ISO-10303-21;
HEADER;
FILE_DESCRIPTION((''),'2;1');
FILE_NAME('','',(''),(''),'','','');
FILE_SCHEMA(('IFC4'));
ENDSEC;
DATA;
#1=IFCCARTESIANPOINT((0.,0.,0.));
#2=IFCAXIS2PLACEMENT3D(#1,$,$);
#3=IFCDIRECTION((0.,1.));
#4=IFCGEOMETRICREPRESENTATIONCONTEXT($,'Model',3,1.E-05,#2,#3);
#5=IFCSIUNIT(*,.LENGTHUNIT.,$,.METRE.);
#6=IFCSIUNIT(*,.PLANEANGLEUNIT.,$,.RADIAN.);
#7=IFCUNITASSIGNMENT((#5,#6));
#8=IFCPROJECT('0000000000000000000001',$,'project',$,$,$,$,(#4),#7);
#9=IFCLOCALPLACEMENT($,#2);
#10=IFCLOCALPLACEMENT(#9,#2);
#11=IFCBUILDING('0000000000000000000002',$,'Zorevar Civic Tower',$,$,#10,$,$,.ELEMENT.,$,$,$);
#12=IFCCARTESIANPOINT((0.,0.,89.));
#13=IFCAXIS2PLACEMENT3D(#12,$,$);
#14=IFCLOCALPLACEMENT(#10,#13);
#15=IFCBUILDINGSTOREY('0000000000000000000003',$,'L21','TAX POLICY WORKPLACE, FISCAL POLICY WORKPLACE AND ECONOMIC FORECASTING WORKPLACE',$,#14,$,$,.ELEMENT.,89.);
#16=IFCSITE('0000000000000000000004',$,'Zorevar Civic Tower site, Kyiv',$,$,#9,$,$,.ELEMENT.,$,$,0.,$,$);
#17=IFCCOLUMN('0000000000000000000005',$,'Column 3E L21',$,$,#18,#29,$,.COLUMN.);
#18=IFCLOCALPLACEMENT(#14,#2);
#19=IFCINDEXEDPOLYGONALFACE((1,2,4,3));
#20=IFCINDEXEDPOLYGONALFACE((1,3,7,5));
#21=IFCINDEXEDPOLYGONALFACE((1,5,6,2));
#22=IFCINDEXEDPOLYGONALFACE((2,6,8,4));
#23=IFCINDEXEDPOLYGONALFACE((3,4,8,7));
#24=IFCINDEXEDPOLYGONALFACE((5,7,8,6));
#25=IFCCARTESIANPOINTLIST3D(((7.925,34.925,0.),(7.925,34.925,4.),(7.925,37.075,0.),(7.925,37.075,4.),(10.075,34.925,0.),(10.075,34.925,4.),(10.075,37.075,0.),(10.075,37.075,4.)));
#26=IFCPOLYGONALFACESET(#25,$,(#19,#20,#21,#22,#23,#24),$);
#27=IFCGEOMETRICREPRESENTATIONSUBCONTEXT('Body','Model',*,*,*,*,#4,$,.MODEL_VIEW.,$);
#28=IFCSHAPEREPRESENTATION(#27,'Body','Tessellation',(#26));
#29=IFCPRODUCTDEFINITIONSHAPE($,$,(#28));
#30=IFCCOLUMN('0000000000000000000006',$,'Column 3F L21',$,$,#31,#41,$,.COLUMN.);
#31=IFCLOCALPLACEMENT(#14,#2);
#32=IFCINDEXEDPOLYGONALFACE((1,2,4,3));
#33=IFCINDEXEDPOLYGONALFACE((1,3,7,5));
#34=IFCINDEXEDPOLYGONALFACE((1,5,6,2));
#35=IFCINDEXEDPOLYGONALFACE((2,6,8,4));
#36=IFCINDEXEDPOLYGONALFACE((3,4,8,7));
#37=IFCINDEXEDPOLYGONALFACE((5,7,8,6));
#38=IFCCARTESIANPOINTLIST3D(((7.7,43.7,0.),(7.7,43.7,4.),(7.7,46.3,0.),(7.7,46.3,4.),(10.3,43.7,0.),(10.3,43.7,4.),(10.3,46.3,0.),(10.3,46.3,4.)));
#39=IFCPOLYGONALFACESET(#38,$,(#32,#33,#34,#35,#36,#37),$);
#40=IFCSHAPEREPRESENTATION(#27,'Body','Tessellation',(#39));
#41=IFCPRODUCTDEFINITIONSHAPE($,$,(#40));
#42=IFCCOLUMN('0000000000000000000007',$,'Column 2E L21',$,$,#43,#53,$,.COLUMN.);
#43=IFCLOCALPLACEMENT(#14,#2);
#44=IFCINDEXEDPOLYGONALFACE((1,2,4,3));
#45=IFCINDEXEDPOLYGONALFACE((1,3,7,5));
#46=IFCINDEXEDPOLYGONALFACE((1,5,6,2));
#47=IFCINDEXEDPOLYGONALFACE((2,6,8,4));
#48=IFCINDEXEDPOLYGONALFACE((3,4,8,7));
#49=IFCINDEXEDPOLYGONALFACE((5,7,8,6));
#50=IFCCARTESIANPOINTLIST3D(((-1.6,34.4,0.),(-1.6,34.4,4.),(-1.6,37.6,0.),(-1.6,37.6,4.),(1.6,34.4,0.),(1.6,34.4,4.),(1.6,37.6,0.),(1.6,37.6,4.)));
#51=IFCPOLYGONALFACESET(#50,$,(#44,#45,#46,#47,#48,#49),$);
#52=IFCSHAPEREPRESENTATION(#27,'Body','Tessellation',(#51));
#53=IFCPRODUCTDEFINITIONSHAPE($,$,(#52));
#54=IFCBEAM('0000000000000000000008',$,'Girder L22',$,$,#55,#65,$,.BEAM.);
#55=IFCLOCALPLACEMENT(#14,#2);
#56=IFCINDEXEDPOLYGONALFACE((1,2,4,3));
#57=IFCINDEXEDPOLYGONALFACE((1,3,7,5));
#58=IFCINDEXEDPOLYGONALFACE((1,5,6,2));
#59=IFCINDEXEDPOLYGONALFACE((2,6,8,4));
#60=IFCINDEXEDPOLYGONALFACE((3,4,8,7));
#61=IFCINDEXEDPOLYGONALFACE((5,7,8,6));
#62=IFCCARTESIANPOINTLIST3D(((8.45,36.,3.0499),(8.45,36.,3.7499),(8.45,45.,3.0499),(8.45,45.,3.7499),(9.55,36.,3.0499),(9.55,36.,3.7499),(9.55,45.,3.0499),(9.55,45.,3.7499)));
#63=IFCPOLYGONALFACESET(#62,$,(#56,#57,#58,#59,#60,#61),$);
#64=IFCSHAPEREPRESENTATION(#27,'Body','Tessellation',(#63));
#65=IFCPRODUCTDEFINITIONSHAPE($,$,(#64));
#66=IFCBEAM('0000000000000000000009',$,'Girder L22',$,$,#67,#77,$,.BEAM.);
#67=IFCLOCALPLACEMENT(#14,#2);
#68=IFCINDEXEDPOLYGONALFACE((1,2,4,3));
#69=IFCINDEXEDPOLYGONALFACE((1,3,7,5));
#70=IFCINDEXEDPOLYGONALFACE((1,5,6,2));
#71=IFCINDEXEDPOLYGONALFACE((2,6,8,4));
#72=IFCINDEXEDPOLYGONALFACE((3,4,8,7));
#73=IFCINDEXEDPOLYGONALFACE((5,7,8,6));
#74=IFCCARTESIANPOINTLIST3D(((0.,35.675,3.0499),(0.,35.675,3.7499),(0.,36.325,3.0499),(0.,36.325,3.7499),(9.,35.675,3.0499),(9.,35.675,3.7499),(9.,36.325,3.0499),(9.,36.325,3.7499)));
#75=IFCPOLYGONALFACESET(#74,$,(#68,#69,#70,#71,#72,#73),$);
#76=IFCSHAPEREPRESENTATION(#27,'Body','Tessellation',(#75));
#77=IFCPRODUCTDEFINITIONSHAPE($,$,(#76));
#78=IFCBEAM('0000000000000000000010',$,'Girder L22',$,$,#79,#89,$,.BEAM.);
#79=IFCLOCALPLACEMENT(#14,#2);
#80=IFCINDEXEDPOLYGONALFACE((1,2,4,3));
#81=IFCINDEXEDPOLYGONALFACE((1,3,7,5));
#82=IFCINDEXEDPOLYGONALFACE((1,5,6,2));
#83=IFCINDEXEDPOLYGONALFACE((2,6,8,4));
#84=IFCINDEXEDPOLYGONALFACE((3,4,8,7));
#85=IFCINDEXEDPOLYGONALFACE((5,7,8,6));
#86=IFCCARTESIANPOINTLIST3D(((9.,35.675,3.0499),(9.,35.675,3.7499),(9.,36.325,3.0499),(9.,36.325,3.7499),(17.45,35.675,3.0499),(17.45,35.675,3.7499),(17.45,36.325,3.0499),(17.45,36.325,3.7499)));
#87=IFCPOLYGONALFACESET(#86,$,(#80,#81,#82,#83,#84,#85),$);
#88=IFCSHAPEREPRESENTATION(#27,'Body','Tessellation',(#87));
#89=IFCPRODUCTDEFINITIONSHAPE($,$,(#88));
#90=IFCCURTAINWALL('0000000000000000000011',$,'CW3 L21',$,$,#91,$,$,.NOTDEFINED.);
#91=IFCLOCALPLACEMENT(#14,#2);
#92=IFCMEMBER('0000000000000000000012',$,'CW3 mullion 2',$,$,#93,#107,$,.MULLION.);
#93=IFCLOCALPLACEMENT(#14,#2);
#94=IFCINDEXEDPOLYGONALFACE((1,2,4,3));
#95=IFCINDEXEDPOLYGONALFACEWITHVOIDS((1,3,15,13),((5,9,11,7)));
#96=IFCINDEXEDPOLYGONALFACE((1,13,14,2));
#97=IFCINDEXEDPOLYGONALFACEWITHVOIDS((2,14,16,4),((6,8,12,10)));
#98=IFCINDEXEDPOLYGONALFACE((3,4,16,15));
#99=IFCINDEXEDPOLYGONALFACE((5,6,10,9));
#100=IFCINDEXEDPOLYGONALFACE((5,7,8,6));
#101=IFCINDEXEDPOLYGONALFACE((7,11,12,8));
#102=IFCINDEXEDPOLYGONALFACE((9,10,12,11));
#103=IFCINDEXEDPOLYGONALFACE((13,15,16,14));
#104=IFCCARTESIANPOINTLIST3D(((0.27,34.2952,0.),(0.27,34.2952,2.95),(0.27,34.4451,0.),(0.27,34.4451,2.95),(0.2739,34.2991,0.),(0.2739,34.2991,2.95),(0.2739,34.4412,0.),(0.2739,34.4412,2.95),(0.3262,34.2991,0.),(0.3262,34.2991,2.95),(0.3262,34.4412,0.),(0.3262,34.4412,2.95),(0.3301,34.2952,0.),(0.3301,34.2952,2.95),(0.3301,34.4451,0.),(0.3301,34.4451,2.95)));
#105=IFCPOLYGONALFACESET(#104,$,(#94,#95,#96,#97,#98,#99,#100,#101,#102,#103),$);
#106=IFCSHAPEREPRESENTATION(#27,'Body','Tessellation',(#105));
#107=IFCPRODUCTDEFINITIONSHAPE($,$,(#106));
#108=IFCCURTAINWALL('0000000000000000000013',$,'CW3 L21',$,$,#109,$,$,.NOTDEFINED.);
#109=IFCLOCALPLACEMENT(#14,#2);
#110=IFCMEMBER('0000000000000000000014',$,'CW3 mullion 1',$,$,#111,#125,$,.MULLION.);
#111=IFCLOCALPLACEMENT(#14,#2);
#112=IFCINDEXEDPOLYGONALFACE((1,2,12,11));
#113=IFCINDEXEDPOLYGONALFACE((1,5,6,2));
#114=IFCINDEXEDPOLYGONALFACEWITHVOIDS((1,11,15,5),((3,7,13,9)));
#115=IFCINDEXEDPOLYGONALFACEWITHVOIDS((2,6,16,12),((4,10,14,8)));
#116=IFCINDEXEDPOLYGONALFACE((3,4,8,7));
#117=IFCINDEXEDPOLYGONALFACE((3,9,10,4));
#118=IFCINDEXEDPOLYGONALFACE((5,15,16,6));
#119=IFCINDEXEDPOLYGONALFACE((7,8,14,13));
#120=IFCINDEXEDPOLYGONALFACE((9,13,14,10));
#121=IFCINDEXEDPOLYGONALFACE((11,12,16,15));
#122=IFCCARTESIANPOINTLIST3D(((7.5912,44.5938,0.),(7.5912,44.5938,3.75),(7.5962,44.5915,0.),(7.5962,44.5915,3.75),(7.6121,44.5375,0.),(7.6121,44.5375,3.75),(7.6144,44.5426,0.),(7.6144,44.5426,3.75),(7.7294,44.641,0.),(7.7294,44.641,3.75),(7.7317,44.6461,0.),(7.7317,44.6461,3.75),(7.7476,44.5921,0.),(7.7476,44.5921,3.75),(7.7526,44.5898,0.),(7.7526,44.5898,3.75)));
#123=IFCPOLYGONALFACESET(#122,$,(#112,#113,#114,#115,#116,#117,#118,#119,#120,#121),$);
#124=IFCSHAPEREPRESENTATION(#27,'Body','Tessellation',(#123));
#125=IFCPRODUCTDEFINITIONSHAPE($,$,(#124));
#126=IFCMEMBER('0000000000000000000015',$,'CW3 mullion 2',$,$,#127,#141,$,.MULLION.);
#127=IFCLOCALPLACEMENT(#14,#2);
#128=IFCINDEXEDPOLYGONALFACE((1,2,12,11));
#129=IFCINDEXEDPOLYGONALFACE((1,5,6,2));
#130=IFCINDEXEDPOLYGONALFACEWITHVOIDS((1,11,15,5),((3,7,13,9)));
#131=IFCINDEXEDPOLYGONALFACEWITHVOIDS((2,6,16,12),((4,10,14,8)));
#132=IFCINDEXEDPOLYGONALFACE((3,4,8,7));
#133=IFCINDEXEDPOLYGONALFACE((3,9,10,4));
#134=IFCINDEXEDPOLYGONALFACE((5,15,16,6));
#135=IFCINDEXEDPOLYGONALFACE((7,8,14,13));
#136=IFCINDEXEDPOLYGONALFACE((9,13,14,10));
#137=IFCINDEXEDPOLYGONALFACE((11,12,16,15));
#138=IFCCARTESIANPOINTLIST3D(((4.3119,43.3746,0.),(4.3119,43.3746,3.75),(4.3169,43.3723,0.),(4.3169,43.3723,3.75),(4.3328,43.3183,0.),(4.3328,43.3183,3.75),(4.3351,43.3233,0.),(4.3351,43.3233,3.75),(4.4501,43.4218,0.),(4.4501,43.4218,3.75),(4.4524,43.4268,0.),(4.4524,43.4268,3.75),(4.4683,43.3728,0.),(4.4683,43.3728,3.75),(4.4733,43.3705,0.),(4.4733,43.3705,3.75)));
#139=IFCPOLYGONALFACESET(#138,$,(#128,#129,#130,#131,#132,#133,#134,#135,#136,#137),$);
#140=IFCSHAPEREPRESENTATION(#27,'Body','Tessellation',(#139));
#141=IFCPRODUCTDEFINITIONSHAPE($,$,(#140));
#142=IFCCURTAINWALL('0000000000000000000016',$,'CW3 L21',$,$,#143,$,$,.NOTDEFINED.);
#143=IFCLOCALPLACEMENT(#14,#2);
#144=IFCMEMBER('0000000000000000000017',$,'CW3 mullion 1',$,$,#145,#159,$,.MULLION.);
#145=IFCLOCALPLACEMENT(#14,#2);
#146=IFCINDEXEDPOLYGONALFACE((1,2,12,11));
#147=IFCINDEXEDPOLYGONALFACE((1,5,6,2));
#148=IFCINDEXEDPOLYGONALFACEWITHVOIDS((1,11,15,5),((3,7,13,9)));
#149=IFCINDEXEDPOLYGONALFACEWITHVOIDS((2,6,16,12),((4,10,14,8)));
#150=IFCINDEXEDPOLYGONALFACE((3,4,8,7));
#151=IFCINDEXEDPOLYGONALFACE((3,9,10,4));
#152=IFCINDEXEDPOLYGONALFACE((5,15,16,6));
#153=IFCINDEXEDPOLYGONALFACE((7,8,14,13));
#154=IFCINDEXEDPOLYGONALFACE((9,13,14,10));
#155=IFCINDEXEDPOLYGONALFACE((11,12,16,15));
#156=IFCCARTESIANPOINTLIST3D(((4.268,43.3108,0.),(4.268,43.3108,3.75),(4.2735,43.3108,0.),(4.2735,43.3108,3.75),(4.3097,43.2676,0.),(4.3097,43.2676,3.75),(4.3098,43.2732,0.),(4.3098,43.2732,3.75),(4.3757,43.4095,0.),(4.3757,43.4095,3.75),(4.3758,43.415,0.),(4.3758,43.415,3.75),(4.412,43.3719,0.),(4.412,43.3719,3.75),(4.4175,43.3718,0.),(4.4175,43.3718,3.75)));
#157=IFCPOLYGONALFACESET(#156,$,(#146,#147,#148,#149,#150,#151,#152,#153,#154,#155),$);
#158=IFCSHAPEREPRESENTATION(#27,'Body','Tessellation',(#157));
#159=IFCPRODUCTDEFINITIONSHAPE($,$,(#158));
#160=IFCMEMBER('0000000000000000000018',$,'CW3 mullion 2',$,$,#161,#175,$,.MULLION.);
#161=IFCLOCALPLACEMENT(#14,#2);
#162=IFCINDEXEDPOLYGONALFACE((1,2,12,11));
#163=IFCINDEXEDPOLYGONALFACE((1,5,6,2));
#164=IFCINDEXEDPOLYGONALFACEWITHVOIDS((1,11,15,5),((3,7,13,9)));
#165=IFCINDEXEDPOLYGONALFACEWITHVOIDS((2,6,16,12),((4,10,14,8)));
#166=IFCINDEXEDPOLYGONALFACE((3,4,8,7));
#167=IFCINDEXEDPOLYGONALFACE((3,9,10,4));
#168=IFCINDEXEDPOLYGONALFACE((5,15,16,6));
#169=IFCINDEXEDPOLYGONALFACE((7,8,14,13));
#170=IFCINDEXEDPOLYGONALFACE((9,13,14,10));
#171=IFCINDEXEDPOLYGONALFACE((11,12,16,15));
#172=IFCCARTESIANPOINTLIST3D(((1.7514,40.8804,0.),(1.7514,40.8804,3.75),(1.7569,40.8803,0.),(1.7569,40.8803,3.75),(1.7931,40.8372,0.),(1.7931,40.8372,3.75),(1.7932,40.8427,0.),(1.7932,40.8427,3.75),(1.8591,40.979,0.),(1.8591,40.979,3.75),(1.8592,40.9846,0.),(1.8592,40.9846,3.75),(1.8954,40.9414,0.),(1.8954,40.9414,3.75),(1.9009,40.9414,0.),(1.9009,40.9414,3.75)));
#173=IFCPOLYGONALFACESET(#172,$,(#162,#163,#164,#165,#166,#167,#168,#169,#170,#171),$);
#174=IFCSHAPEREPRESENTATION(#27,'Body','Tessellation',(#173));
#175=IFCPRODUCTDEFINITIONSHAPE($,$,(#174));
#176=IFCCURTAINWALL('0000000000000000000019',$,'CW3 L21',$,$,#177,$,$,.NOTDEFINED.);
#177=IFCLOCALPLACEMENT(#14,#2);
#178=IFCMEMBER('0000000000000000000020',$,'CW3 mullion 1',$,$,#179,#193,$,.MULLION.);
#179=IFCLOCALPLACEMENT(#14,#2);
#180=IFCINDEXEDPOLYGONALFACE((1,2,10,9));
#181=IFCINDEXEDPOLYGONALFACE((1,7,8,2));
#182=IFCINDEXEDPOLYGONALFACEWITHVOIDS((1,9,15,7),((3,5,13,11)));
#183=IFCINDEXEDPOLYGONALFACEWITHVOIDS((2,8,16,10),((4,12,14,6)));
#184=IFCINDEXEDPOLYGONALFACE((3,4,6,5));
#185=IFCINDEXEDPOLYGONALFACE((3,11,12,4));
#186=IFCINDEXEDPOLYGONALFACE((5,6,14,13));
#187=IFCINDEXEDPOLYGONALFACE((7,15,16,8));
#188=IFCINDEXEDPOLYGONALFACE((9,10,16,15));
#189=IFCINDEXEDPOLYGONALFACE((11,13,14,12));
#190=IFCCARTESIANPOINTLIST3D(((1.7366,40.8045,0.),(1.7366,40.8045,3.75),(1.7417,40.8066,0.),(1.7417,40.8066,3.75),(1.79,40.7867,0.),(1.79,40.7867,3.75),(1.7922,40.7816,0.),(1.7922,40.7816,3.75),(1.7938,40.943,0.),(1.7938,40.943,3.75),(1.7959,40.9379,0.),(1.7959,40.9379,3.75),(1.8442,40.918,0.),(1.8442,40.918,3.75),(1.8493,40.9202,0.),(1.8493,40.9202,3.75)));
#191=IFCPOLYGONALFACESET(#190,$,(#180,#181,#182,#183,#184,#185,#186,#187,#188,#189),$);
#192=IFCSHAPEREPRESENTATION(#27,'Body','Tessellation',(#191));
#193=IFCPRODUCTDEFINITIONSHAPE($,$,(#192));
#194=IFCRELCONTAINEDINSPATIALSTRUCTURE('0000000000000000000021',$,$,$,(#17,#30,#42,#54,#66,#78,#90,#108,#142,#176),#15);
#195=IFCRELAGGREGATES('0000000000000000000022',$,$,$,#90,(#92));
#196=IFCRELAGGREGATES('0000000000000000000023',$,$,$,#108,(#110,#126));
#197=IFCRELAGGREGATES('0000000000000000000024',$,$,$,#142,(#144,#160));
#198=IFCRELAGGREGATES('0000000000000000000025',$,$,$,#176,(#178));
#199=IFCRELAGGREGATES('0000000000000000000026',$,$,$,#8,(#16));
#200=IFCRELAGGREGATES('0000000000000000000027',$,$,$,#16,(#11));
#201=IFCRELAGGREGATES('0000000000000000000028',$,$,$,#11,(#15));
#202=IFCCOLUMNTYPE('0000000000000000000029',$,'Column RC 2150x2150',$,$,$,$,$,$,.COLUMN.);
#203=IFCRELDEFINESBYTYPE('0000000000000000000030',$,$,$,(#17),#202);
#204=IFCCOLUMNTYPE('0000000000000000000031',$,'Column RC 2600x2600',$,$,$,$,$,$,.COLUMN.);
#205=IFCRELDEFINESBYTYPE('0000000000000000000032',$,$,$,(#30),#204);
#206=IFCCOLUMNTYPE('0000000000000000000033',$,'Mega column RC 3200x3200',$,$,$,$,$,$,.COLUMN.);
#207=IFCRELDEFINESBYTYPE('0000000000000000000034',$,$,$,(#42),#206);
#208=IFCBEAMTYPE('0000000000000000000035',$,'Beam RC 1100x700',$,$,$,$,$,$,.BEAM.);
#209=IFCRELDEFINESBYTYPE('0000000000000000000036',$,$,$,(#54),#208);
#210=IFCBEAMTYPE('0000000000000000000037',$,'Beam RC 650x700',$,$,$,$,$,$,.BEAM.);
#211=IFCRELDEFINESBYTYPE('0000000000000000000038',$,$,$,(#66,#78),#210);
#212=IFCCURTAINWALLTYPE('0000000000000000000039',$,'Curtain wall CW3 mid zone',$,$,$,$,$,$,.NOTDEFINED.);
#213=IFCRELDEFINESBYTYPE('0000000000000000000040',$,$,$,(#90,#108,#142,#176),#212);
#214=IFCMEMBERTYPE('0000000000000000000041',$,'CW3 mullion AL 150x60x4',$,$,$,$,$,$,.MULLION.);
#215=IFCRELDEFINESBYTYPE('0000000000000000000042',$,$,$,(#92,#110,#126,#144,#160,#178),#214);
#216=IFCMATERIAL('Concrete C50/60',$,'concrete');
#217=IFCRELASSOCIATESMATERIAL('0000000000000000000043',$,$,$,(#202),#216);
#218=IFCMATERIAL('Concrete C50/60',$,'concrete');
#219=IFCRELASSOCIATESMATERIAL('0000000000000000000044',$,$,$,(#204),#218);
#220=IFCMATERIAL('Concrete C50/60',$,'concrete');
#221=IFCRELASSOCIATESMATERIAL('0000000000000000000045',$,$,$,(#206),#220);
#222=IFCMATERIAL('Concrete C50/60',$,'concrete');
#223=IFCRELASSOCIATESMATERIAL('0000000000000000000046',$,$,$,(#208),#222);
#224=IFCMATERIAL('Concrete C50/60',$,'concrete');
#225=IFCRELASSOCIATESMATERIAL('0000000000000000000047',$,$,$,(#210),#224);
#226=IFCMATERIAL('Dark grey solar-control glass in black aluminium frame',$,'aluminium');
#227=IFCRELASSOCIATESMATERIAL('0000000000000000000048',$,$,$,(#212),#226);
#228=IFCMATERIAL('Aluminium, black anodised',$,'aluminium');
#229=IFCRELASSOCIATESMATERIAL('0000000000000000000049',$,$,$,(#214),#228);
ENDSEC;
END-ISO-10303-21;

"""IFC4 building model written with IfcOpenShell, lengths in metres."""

from ifc_helpers import new_model, si_unit, direction, frame, origin, origin_2d, place, context, subcontext, project, spatial, rectangle, hollow_rectangle, extrude, material, material_profile, profile_set, type_object, element, aggregate, save


model = new_model("IFC4")

# Units and contexts
model_context = context("Model", 3, precision=1e-05, world=origin(), true_north=direction((0.0, 1.0)))
body_context = subcontext(model_context, "Body", "Model", "MODEL_VIEW")
ifc_project = project(units=[si_unit("LENGTHUNIT", "METRE"), si_unit("PLANEANGLEUNIT", "RADIAN")], contexts=[model_context])

# Site, building, storey
site_placement = place(None, origin())
site = spatial("IfcSite", under=ifc_project, at=site_placement, Name="Zorevar Civic Tower site, Kyiv", CompositionType="ELEMENT", RefElevation=0.0)
building_placement = place(site_placement, origin())
building = spatial("IfcBuilding", under=site, at=building_placement, Name="Zorevar Civic Tower", CompositionType="ELEMENT")
storey_placement = place(building_placement, frame((0.0, 0.0, 89.0)))
storey = spatial("IfcBuildingStorey", under=building, at=storey_placement, Name="L21", Description="TAX POLICY WORKPLACE, FISCAL POLICY WORKPLACE AND ECONOMIC FORECASTING WORKPLACE", CompositionType="ELEMENT", Elevation=89.0)

# Columns
ifc_material_1 = material(Name="Concrete C50/60", Category="concrete")
ifc_material_profile_1 = material_profile(ifc_material_1, rectangle(XDim=2.1499, YDim=2.1499, at=origin_2d()), Name="RC 2150x2150")
ifc_profile_set_1 = profile_set([ifc_material_profile_1], Name="Concrete C50/60")
column_type_1 = type_object("IfcColumnType", Name="Column RC 2150x2150", PredefinedType="COLUMN", material=ifc_profile_set_1)
column_1_placement = place(storey_placement, frame((9.0, 36.0, 0.0), z_axis=(0.0, 0.0, 1.0), x_axis=(1.0, 0.0, 0.0)))
element("IfcColumn", 1, at=column_1_placement, inside=storey, type_object=column_type_1, Name="Column 3E L21", PredefinedType="COLUMN", context=body_context, shape_type="SweptSolid", body=[
    extrude(rectangle(XDim=2.1499, YDim=2.1499, at=origin_2d()), origin(), (0.0, 0.0, 1.0), 4.0),
])
ifc_material_2 = material(Name="Concrete C50/60", Category="concrete")
ifc_material_profile_2 = material_profile(ifc_material_2, rectangle(XDim=2.6001, YDim=2.6001, at=origin_2d()), Name="RC 2600x2600")
ifc_profile_set_2 = profile_set([ifc_material_profile_2], Name="Concrete C50/60")
column_type_2 = type_object("IfcColumnType", Name="Column RC 2600x2600", PredefinedType="COLUMN", material=ifc_profile_set_2)
column_2_placement = place(storey_placement, frame((9.0, 45.0, 0.0), z_axis=(0.0, 0.0, 1.0), x_axis=(1.0, 0.0, 0.0)))
element("IfcColumn", 2, at=column_2_placement, inside=storey, type_object=column_type_2, Name="Column 3F L21", PredefinedType="COLUMN", context=body_context, shape_type="SweptSolid", body=[
    extrude(rectangle(XDim=2.6001, YDim=2.6001, at=origin_2d()), origin(), (0.0, 0.0, 1.0), 4.0),
])
ifc_material_3 = material(Name="Concrete C50/60", Category="concrete")
ifc_material_profile_3 = material_profile(ifc_material_3, rectangle(XDim=3.2, YDim=3.2, at=origin_2d()), Name="RC 3200x3200")
ifc_profile_set_3 = profile_set([ifc_material_profile_3], Name="Concrete C50/60")
column_type_3 = type_object("IfcColumnType", Name="Mega column RC 3200x3200", PredefinedType="COLUMN", material=ifc_profile_set_3)
column_3_placement = place(storey_placement, frame((0.0, 36.0, 0.0), z_axis=(0.0, 0.0, 1.0), x_axis=(1.0, 0.0, 0.0)))
element("IfcColumn", 3, at=column_3_placement, inside=storey, type_object=column_type_3, Name="Column 2E L21", PredefinedType="COLUMN", context=body_context, shape_type="SweptSolid", body=[
    extrude(rectangle(XDim=3.2, YDim=3.2, at=origin_2d()), origin(), (0.0, 0.0, 1.0), 4.0),
])

# Beams
ifc_material_4 = material(Name="Concrete C50/60", Category="concrete")
ifc_material_profile_4 = material_profile(ifc_material_4, rectangle(XDim=1.1001, YDim=0.7, at=origin_2d()), Name="RC 1100x700")
ifc_profile_set_4 = profile_set([ifc_material_profile_4], Name="Concrete C50/60")
beam_type_1 = type_object("IfcBeamType", Name="Beam RC 1100x700", PredefinedType="BEAM", material=ifc_profile_set_4)
beam_1_placement = place(storey_placement, frame((9.0, 36.0, 3.3999), z_axis=(0.0, 1.0, 0.0), x_axis=(-1.0, 0.0, 0.0)))
element("IfcBeam", 4, at=beam_1_placement, inside=storey, type_object=beam_type_1, Name="Girder L22", PredefinedType="BEAM", context=body_context, shape_type="SweptSolid", body=[
    extrude(rectangle(XDim=1.1001, YDim=0.7, at=origin_2d()), origin(), (0.0, 0.0, 1.0), 9.0),
])
ifc_material_5 = material(Name="Concrete C50/60", Category="concrete")
ifc_material_profile_5 = material_profile(ifc_material_5, rectangle(XDim=0.6499, YDim=0.7, at=origin_2d()), Name="RC 650x700")
ifc_profile_set_5 = profile_set([ifc_material_profile_5], Name="Concrete C50/60")
beam_type_2 = type_object("IfcBeamType", Name="Beam RC 650x700", PredefinedType="BEAM", material=ifc_profile_set_5)
beam_2_placement = place(storey_placement, frame((0.0, 36.0, 3.3999), z_axis=(1.0, 0.0, 0.0), x_axis=(0.0, 1.0, 0.0)))
element("IfcBeam", 5, at=beam_2_placement, inside=storey, type_object=beam_type_2, Name="Girder L22", PredefinedType="BEAM", context=body_context, shape_type="SweptSolid", body=[
    extrude(rectangle(XDim=0.6499, YDim=0.7, at=origin_2d()), origin(), (0.0, 0.0, 1.0), 9.0),
])
beam_3_placement = place(storey_placement, frame((9.0, 36.0, 3.3999), z_axis=(1.0, 0.0, 0.0), x_axis=(0.0, 1.0, 0.0)))
element("IfcBeam", 6, at=beam_3_placement, inside=storey, type_object=beam_type_2, Name="Girder L22", PredefinedType="BEAM", context=body_context, shape_type="SweptSolid", body=[
    extrude(rectangle(XDim=0.6499, YDim=0.7, at=origin_2d()), origin(), (0.0, 0.0, 1.0), 8.45),
])

# Curtain wall, member
ifc_material_6 = material(Name="Dark grey solar-control glass in black aluminium frame", Category="aluminium")
curtain_wall_type = type_object("IfcCurtainWallType", Name="Curtain wall CW3 mid zone", PredefinedType="NOTDEFINED", material=ifc_material_6)
curtain_wall_1_placement = place(storey_placement, origin())
curtain_wall_1 = element("IfcCurtainWall", 7, at=curtain_wall_1_placement, inside=storey, type_object=curtain_wall_type, Name="CW3 L21", PredefinedType="NOTDEFINED")
ifc_material_7 = material(Name="Aluminium, black anodised", Category="aluminium")
ifc_material_profile_6 = material_profile(ifc_material_7, hollow_rectangle(XDim=0.0601, YDim=0.1499, WallThickness=0.0039, at=origin_2d()), Name="AL 150x60x4")
ifc_profile_set_6 = profile_set([ifc_material_profile_6], Name="Aluminium, black anodised")
member_type_1 = type_object("IfcMemberType", Name="CW3 mullion AL 150x60x4", PredefinedType="MULLION", material=ifc_profile_set_6)
member_1_placement = place(storey_placement, frame((0.3, 34.3701, 0.0), z_axis=(0.0, 0.0, 1.0), x_axis=(-1.0, 0.0, 0.0)))
member_1 = element("IfcMember", 8, at=member_1_placement, type_object=member_type_1, Name="CW3 mullion 2", PredefinedType="MULLION", context=body_context, shape_type="SweptSolid", body=[
    extrude(hollow_rectangle(XDim=0.0601, YDim=0.1499, WallThickness=0.0039, at=origin_2d()), origin(), (0.0, 0.0, 1.0), 2.95),
])
aggregate(curtain_wall_1, [member_1])

# Curtain walls, members
curtain_wall_2_placement = place(storey_placement, origin())
curtain_wall_2 = element("IfcCurtainWall", 9, at=curtain_wall_2_placement, inside=storey, type_object=curtain_wall_type, Name="CW3 L21", PredefinedType="NOTDEFINED")
member_2_placement = place(storey_placement, frame((7.6719, 44.5918, 0.0), z_axis=(0.0, 0.0, 1.0), x_axis=(0.3485, -0.937309, 0.0)))
member_2 = element("IfcMember", 10, at=member_2_placement, type_object=member_type_1, Name="CW3 mullion 1", PredefinedType="MULLION", context=body_context, shape_type="SweptSolid", body=[
    extrude(hollow_rectangle(XDim=0.0601, YDim=0.1499, WallThickness=0.0039, at=origin_2d()), origin(), (0.0, 0.0, 1.0), 3.75),
])
member_3_placement = place(storey_placement, frame((4.3926, 43.3726, 0.0), z_axis=(0.0, 0.0, 1.0), x_axis=(0.3485, -0.937309, 0.0)))
member_3 = element("IfcMember", 11, at=member_3_placement, type_object=member_type_1, Name="CW3 mullion 2", PredefinedType="MULLION", context=body_context, shape_type="SweptSolid", body=[
    extrude(hollow_rectangle(XDim=0.0601, YDim=0.1499, WallThickness=0.0039, at=origin_2d()), origin(), (0.0, 0.0, 1.0), 3.75),
])
curtain_wall_3_placement = place(storey_placement, origin())
curtain_wall_3 = element("IfcCurtainWall", 12, at=curtain_wall_3_placement, inside=storey, type_object=curtain_wall_type, Name="CW3 L21", PredefinedType="NOTDEFINED")
member_4_placement = place(storey_placement, frame((4.3428, 43.3413, 0.0), z_axis=(0.0, 0.0, 1.0), x_axis=(0.694634, -0.719363, 0.0)))
member_4 = element("IfcMember", 13, at=member_4_placement, type_object=member_type_1, Name="CW3 mullion 1", PredefinedType="MULLION", context=body_context, shape_type="SweptSolid", body=[
    extrude(hollow_rectangle(XDim=0.0601, YDim=0.1499, WallThickness=0.0039, at=origin_2d()), origin(), (0.0, 0.0, 1.0), 3.75),
])
member_5_placement = place(storey_placement, frame((1.8262, 40.9109, 0.0), z_axis=(0.0, 0.0, 1.0), x_axis=(0.694634, -0.719363, 0.0)))
member_5 = element("IfcMember", 14, at=member_5_placement, type_object=member_type_1, Name="CW3 mullion 2", PredefinedType="MULLION", context=body_context, shape_type="SweptSolid", body=[
    extrude(hollow_rectangle(XDim=0.0601, YDim=0.1499, WallThickness=0.0039, at=origin_2d()), origin(), (0.0, 0.0, 1.0), 3.75),
])
curtain_wall_4_placement = place(storey_placement, origin())
curtain_wall_4 = element("IfcCurtainWall", 15, at=curtain_wall_4_placement, inside=storey, type_object=curtain_wall_type, Name="CW3 L21", PredefinedType="NOTDEFINED")
member_6_placement = place(storey_placement, frame((1.793, 40.8623, 0.0), z_axis=(0.0, 0.0, 1.0), x_axis=(0.92455, -0.381061, 0.0)))
member_6 = element("IfcMember", 16, at=member_6_placement, type_object=member_type_1, Name="CW3 mullion 1", PredefinedType="MULLION", context=body_context, shape_type="SweptSolid", body=[
    extrude(hollow_rectangle(XDim=0.0601, YDim=0.1499, WallThickness=0.0039, at=origin_2d()), origin(), (0.0, 0.0, 1.0), 3.75),
])

aggregate(curtain_wall_2, [member_2, member_3])
aggregate(curtain_wall_3, [member_4, member_5])
aggregate(curtain_wall_4, [member_6])

save(model, "model.ifc")
